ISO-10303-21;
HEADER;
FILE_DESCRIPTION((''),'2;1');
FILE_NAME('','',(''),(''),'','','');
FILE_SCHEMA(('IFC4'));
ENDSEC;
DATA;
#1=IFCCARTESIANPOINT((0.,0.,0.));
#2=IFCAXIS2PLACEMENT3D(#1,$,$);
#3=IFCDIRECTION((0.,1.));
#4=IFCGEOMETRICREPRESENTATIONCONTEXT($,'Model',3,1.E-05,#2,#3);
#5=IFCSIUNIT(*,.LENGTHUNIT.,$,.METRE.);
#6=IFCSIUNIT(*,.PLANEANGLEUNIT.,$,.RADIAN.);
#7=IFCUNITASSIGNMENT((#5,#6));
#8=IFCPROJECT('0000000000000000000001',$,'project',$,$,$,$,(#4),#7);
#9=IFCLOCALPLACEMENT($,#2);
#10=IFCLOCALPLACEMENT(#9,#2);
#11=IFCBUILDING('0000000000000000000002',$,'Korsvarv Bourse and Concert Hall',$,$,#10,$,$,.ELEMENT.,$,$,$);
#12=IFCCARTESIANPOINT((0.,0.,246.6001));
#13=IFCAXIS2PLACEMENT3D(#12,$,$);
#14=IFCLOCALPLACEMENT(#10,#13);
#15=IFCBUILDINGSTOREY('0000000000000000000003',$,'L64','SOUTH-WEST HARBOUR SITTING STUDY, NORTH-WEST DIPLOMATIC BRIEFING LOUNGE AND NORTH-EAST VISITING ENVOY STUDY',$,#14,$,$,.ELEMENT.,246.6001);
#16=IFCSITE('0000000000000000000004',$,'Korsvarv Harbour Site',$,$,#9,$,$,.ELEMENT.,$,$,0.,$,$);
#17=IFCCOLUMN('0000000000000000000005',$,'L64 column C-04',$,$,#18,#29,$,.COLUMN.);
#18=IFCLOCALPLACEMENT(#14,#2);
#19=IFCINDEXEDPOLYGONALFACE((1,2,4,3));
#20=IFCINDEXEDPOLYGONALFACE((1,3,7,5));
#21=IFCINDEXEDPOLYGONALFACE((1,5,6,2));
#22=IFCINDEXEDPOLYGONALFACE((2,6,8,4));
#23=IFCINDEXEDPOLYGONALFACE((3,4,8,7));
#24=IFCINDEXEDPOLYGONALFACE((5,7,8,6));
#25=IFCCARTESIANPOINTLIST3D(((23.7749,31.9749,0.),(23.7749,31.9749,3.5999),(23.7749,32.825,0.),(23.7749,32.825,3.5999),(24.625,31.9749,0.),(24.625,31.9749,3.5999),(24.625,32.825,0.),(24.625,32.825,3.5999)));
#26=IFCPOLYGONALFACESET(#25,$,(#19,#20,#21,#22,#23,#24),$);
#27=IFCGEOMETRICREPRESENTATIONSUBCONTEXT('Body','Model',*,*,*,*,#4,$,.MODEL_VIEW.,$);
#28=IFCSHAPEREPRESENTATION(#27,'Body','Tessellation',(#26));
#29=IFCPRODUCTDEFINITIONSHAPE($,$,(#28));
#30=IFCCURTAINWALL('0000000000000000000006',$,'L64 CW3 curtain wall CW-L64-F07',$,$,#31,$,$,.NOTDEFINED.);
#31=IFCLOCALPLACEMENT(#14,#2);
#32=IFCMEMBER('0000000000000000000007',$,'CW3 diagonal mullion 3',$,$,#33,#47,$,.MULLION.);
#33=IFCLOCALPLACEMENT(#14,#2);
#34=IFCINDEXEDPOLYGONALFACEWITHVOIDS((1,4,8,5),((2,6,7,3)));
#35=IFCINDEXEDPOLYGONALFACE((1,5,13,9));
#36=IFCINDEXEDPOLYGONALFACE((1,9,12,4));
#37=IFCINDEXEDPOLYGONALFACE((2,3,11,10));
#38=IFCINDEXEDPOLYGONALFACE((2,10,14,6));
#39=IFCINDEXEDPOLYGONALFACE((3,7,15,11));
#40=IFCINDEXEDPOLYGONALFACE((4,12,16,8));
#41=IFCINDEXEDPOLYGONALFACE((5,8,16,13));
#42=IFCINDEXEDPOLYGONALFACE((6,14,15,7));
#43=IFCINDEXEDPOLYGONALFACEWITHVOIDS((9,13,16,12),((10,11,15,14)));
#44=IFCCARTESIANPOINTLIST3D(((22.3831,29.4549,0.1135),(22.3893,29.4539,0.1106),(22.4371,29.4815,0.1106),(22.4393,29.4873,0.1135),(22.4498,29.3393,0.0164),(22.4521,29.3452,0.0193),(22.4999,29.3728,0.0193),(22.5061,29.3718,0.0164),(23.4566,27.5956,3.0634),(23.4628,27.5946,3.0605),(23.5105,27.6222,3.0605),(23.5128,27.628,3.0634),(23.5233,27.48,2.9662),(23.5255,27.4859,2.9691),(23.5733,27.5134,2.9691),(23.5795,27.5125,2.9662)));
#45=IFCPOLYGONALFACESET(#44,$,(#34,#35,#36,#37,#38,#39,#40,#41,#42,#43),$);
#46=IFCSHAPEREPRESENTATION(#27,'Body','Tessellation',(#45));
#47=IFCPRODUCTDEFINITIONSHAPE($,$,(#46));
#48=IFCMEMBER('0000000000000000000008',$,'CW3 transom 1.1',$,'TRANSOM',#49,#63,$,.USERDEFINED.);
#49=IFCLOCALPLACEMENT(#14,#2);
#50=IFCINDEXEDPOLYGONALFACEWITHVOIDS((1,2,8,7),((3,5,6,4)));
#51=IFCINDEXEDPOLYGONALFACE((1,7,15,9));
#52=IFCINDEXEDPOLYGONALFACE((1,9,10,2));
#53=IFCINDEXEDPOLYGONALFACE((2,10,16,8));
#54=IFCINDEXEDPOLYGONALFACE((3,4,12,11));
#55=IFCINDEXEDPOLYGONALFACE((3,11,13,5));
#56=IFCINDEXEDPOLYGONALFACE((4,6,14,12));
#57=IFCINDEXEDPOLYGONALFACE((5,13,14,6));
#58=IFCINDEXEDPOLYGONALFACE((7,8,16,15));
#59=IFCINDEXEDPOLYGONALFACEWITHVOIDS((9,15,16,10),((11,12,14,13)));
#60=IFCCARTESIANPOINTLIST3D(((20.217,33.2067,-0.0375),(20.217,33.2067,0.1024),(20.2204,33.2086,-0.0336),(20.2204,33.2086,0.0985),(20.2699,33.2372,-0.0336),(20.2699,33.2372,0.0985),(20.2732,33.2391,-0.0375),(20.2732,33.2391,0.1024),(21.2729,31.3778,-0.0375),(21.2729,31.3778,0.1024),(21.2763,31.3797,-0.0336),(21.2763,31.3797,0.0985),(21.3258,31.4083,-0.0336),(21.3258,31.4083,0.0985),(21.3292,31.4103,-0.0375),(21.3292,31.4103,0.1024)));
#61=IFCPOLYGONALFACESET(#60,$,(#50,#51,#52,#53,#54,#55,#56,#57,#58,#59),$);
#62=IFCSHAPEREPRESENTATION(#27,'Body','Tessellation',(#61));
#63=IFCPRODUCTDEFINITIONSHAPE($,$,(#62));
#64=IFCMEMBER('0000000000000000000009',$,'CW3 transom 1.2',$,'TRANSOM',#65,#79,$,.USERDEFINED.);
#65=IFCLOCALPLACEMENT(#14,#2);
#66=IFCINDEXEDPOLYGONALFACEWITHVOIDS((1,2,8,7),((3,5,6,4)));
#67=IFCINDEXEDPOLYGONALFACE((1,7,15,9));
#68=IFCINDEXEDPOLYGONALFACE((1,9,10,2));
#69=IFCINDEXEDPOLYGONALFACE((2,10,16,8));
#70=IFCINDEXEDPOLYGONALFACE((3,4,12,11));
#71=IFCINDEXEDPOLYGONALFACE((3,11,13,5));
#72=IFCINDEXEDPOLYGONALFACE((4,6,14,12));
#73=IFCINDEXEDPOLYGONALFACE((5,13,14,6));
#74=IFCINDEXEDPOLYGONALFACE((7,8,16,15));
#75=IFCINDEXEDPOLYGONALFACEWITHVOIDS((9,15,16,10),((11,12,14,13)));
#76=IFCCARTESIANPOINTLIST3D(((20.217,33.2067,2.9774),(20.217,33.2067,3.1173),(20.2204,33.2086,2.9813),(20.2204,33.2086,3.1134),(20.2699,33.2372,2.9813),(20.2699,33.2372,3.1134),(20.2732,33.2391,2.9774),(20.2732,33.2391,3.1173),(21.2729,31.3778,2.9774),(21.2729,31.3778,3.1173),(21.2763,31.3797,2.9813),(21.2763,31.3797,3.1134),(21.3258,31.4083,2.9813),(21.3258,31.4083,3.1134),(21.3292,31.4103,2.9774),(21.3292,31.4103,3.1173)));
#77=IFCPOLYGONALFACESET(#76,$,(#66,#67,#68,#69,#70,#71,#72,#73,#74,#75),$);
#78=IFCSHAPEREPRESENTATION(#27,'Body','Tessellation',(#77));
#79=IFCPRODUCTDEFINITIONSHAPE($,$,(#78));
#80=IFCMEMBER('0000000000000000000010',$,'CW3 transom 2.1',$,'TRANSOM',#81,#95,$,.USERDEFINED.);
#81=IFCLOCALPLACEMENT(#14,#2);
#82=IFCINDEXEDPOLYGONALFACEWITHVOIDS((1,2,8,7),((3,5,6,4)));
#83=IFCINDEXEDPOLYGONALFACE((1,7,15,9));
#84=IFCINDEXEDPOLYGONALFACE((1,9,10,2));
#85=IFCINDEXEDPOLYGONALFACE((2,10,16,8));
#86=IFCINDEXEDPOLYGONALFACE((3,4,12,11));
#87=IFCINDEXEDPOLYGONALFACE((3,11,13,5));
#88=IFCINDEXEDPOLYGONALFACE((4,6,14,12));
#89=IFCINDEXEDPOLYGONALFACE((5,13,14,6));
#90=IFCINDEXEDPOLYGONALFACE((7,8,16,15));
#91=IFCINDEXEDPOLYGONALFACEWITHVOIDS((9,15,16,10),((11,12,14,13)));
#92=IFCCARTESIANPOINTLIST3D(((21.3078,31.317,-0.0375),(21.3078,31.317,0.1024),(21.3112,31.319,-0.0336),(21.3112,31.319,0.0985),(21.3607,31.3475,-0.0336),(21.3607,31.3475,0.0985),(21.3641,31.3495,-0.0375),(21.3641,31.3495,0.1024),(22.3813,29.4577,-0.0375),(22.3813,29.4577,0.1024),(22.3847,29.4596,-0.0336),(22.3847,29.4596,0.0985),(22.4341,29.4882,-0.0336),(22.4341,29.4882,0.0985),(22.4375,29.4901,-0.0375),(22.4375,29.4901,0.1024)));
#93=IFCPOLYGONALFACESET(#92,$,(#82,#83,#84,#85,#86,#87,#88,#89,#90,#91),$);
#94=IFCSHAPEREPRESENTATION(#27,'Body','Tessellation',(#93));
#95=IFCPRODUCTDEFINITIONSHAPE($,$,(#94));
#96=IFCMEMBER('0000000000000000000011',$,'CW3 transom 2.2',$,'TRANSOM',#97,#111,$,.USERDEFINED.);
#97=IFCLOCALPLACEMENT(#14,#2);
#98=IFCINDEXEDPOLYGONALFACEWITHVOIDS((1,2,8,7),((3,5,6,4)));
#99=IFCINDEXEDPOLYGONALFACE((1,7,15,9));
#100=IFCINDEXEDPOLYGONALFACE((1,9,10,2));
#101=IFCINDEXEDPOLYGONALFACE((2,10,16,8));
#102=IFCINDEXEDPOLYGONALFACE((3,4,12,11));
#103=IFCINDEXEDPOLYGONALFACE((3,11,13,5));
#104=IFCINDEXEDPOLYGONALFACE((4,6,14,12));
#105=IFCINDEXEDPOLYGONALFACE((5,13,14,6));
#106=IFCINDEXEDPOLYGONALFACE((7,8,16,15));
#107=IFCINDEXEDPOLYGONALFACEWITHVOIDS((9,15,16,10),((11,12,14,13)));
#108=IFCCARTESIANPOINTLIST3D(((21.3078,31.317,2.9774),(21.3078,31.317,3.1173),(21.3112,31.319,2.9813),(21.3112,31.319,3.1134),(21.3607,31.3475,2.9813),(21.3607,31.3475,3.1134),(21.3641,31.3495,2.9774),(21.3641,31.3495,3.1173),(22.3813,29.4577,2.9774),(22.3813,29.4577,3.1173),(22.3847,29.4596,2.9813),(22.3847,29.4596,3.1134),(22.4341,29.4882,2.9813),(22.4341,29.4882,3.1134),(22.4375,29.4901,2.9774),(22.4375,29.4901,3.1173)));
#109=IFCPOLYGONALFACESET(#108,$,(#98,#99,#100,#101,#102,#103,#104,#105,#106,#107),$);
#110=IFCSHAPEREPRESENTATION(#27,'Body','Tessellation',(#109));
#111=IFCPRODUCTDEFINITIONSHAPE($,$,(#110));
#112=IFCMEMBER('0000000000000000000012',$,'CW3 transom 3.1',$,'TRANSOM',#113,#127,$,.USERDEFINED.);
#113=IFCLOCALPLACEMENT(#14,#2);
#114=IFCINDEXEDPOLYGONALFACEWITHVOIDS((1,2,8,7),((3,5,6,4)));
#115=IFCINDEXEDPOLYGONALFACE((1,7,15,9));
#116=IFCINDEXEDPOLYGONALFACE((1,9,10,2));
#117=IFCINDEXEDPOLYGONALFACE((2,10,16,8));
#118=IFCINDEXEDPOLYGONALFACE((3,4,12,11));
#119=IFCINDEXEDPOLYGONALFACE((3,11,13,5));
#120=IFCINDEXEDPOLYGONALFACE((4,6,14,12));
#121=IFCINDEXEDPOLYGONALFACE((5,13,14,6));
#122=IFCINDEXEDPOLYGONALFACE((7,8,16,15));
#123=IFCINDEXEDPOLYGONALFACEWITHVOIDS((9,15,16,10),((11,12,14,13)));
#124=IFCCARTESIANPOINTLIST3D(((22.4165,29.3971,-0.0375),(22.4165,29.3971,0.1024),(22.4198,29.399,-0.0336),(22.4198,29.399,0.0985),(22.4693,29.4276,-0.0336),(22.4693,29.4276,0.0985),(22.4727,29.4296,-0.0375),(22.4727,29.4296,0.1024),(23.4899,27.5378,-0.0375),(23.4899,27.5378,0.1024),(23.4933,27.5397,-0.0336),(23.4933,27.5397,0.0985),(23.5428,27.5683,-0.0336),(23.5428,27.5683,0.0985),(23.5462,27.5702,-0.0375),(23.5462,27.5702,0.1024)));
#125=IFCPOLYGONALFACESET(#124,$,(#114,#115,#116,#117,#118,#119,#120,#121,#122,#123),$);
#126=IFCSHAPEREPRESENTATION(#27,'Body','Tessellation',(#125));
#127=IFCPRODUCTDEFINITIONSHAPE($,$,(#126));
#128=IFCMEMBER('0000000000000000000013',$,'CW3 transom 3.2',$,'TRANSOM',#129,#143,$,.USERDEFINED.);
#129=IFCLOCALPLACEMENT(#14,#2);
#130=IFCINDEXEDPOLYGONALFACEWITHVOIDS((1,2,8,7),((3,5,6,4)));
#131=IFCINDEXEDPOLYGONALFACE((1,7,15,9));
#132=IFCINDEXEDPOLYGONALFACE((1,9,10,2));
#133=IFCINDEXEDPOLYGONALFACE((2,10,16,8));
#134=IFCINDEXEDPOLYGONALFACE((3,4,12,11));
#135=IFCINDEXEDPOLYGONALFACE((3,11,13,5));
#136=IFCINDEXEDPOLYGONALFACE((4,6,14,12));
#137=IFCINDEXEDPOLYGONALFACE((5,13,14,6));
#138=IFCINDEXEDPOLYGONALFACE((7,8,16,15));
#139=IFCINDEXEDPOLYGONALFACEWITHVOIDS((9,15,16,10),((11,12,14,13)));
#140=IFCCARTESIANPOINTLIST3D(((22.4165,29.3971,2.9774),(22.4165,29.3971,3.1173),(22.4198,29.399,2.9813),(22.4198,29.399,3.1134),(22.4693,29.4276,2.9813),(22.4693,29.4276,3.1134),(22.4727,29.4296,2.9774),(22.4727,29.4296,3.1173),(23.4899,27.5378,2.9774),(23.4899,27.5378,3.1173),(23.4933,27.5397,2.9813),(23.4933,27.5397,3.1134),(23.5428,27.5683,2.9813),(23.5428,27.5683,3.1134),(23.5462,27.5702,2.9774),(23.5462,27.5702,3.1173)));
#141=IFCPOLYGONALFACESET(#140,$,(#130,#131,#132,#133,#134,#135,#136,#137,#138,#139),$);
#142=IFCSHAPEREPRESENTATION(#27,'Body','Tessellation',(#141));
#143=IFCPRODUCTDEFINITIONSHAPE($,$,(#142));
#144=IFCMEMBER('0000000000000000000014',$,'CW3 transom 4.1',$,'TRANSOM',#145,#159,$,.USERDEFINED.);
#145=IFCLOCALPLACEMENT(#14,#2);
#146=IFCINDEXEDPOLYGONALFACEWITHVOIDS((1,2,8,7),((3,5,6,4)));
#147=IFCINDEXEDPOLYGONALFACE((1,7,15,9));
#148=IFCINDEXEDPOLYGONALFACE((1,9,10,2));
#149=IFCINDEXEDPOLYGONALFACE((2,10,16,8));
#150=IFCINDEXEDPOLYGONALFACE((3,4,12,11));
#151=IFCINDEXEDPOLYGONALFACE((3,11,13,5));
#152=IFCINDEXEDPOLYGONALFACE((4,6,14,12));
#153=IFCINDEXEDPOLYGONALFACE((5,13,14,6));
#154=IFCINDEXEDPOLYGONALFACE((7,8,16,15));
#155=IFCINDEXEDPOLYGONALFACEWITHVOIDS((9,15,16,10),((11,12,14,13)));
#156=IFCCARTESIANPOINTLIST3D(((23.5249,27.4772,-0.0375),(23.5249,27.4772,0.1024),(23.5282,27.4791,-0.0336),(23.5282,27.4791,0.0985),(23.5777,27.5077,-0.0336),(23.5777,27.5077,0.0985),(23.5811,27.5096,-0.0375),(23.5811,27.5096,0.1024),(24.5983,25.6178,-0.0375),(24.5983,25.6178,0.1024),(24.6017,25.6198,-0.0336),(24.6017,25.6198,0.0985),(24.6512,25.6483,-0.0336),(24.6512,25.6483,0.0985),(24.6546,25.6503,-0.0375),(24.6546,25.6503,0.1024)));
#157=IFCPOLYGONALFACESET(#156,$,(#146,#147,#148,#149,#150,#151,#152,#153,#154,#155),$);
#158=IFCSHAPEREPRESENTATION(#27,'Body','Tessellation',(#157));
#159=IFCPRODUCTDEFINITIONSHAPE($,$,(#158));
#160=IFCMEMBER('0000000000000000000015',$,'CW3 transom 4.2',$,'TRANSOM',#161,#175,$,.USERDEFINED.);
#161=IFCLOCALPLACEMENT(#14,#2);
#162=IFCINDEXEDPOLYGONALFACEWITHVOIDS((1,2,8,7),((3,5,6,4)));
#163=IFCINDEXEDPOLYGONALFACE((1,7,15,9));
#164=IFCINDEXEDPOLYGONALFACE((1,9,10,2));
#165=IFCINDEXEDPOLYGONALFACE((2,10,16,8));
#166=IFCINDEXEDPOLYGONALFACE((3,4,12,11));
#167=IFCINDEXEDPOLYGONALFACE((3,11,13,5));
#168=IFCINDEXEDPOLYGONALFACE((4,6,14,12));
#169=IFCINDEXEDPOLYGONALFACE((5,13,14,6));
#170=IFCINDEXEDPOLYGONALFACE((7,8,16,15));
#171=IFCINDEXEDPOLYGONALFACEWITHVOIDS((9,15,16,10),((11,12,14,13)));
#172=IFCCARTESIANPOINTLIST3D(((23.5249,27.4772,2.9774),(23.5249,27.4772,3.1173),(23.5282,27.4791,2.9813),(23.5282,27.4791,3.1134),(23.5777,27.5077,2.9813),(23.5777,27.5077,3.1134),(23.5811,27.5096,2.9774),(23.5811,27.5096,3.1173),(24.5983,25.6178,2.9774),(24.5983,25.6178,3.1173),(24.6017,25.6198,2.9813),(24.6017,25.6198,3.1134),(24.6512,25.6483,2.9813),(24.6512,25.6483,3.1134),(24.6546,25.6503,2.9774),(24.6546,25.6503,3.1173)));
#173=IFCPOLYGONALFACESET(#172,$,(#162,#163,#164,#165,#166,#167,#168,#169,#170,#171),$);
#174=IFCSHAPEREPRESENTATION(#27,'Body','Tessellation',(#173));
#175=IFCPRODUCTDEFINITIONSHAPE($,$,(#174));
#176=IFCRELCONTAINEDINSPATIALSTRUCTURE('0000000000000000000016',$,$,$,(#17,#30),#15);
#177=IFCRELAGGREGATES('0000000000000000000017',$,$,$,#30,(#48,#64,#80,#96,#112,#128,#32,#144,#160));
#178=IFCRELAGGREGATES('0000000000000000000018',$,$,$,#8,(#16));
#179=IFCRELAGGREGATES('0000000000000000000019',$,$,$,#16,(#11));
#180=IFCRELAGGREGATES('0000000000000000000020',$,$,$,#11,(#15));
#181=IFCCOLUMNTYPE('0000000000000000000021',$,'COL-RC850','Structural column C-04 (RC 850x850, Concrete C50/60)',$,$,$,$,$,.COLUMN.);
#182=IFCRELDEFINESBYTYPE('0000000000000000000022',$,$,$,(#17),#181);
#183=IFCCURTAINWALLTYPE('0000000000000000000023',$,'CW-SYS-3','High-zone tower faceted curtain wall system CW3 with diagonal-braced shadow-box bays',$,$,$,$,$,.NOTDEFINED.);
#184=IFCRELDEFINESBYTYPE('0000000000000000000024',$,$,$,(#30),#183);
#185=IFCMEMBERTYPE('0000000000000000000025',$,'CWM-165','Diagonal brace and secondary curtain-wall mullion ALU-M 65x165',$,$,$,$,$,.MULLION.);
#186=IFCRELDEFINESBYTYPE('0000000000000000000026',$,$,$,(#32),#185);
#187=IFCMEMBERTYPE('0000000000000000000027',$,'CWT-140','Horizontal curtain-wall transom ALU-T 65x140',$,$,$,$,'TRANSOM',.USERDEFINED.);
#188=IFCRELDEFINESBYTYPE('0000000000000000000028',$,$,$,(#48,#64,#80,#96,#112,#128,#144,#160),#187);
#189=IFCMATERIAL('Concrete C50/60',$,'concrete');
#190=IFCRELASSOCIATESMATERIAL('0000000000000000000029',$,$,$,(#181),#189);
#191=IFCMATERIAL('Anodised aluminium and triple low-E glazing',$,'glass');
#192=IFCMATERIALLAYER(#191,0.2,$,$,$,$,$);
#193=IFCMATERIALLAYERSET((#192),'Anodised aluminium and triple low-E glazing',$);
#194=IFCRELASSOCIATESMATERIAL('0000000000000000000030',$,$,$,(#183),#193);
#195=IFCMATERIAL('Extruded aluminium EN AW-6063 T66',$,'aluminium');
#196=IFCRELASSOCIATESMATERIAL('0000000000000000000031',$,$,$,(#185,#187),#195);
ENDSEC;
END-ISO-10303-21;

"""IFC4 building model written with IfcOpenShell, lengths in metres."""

from ifc_helpers import new_model, si_unit, direction, frame, origin, origin_2d, place, context, subcontext, project, spatial, rectangle, hollow_rectangle, extrude, source, transform, mapped, material, layer, layer_set, material_profile, profile_set, type_object, element, aggregate, save


model = new_model("IFC4")

# Units and contexts
model_context = context("Model", 3, precision=1e-05, world=origin(), true_north=direction((0.0, 1.0)))
body_context = subcontext(model_context, "Body", "Model", "MODEL_VIEW")
ifc_project = project(units=[si_unit("LENGTHUNIT", "METRE"), si_unit("PLANEANGLEUNIT", "RADIAN")], contexts=[model_context])

# Site, building, storey
site_placement = place(None, origin())
site = spatial("IfcSite", under=ifc_project, at=site_placement, Name="Korsvarv Harbour Site", CompositionType="ELEMENT", RefElevation=0.0)
building_placement = place(site_placement, origin())
building = spatial("IfcBuilding", under=site, at=building_placement, Name="Korsvarv Bourse and Concert Hall", CompositionType="ELEMENT")
storey_placement = place(building_placement, frame((0.0, 0.0, 246.6001)))
storey = spatial("IfcBuildingStorey", under=building, at=storey_placement, Name="L64", Description="SOUTH-WEST HARBOUR SITTING STUDY, NORTH-WEST DIPLOMATIC BRIEFING LOUNGE AND NORTH-EAST VISITING ENVOY STUDY", CompositionType="ELEMENT", Elevation=246.6001)

# Column
ifc_material_1 = material(Name="Concrete C50/60", Category="concrete")
ifc_material_profile_1 = material_profile(ifc_material_1, rectangle(XDim=0.8501, YDim=0.8501, at=origin_2d()), Name="RC 850x850")
ifc_profile_set_1 = profile_set([ifc_material_profile_1], Name="Concrete C50/60")
column_type = type_object("IfcColumnType", Name="COL-RC850", Description="Structural column C-04 (RC 850x850, Concrete C50/60)", PredefinedType="COLUMN", material=ifc_profile_set_1)
shared_shape_1 = source(origin(), body_context, "Body", "SweptSolid", [
    extrude(rectangle(XDim=0.8501, YDim=0.8501, at=origin_2d()), origin(), (0.0, 0.0, 1.0), 3.5999),
])
column_placement = place(storey_placement, frame((24.2, 32.3999, 0.0), z_axis=(0.0, 0.0, 1.0), x_axis=(1.0, 0.0, 0.0)))
element("IfcColumn", 1, at=column_placement, inside=storey, type_object=column_type, Name="L64 column C-04", PredefinedType="COLUMN", context=body_context, shape_type="MappedRepresentation", body=[
    mapped(shared_shape_1, transform((0.0, 0.0, 0.0), scale=1.0)),
])

# Curtain wall, members
ifc_material_2 = material(Name="Anodised aluminium and triple low-E glazing", Category="glass")
ifc_layer_1 = layer(ifc_material_2, 0.2)
ifc_layer_set_1 = layer_set([ifc_layer_1], Name="Anodised aluminium and triple low-E glazing")
curtain_wall_type = type_object("IfcCurtainWallType", Name="CW-SYS-3", Description="High-zone tower faceted curtain wall system CW3 with diagonal-braced shadow-box bays", PredefinedType="NOTDEFINED", material=ifc_layer_set_1)
curtain_wall_placement = place(storey_placement, origin())
curtain_wall = element("IfcCurtainWall", 2, at=curtain_wall_placement, inside=storey, type_object=curtain_wall_type, Name="L64 CW3 curtain wall CW-L64-F07", PredefinedType="NOTDEFINED")
ifc_material_3 = material(Name="Extruded aluminium EN AW-6063 T66", Category="aluminium")
ifc_material_profile_2 = material_profile(ifc_material_3, hollow_rectangle(XDim=0.0649, YDim=0.165, WallThickness=0.0049, at=origin_2d()), Name="ALU-M 65x165")
ifc_profile_set_2 = profile_set([ifc_material_profile_2], Name="Extruded aluminium EN AW-6063 T66")
member_type_1 = type_object("IfcMemberType", Name="CWM-165", Description="Diagonal brace and secondary curtain-wall mullion ALU-M 65x165", PredefinedType="MULLION", material=ifc_profile_set_2)
shared_shape_2 = source(origin(), body_context, "Body", "SweptSolid", [
    extrude(hollow_rectangle(XDim=0.0649, YDim=0.165, WallThickness=0.0049, at=origin_2d()), origin(), (0.0, 0.0, 1.0), 3.6484),
])
member_1_placement = place(storey_placement, frame((22.4446, 29.4133, 0.0649), z_axis=(0.294223, -0.509621, 0.808529), x_axis=(0.86603, 0.499992, 0.0)))
member_1 = element("IfcMember", 3, at=member_1_placement, type_object=member_type_1, Name="CW3 diagonal mullion 3", PredefinedType="MULLION", context=body_context, shape_type="MappedRepresentation", body=[
    mapped(shared_shape_2, transform((0.0, 0.0, 0.0), scale=1.0)),
])
ifc_material_profile_3 = material_profile(ifc_material_3, hollow_rectangle(XDim=0.0649, YDim=0.1399, WallThickness=0.0039, at=origin_2d()), Name="ALU-T 65x140")
ifc_profile_set_3 = profile_set([ifc_material_profile_3], Name="Extruded aluminium EN AW-6063 T66")
member_type_2 = type_object("IfcMemberType", Name="CWT-140", Description="Horizontal curtain-wall transom ALU-T 65x140", ElementType="TRANSOM", PredefinedType="USERDEFINED", material=ifc_profile_set_3)
shared_shape_3 = source(origin(), body_context, "Body", "SweptSolid", [
    extrude(hollow_rectangle(XDim=0.0649, YDim=0.1399, WallThickness=0.0039, at=origin_2d()), origin(), (0.0, 0.0, 1.0), 2.1118),
])
member_2_placement = place(storey_placement, frame((20.2451, 33.2229, 0.0325), z_axis=(0.500006, -0.866022, 0.0), x_axis=(0.866022, 0.500006, 0.0)))
member_2 = element("IfcMember", 4, at=member_2_placement, type_object=member_type_2, Name="CW3 transom 1.1", ObjectType="TRANSOM", PredefinedType="USERDEFINED", context=body_context, shape_type="MappedRepresentation", body=[
    mapped(shared_shape_3, transform((0.0, 0.0, 0.0), scale=1.0)),
])
member_3_placement = place(storey_placement, frame((20.2451, 33.2229, 3.0474), z_axis=(0.500006, -0.866022, 0.0), x_axis=(0.866022, 0.500006, 0.0)))
member_3 = element("IfcMember", 5, at=member_3_placement, type_object=member_type_2, Name="CW3 transom 1.2", ObjectType="TRANSOM", PredefinedType="USERDEFINED", context=body_context, shape_type="MappedRepresentation", body=[
    mapped(shared_shape_3, transform((0.0, 0.0, 0.0), scale=1.0)),
])
shared_shape_4 = source(origin(), body_context, "Body", "SweptSolid", [
    extrude(hollow_rectangle(XDim=0.0649, YDim=0.1399, WallThickness=0.0039, at=origin_2d()), origin(), (0.0, 0.0, 1.0), 2.147),
])
member_4_placement = place(storey_placement, frame((21.3359, 31.3333, 0.0325), z_axis=(0.499992, -0.86603, 0.0), x_axis=(0.86603, 0.499992, 0.0)))
member_4 = element("IfcMember", 6, at=member_4_placement, type_object=member_type_2, Name="CW3 transom 2.1", ObjectType="TRANSOM", PredefinedType="USERDEFINED", context=body_context, shape_type="MappedRepresentation", body=[
    mapped(shared_shape_4, transform((0.0, 0.0, 0.0), scale=1.0)),
])
member_5_placement = place(storey_placement, frame((21.3359, 31.3333, 3.0474), z_axis=(0.499992, -0.86603, 0.0), x_axis=(0.86603, 0.499992, 0.0)))
member_5 = element("IfcMember", 7, at=member_5_placement, type_object=member_type_2, Name="CW3 transom 2.2", ObjectType="TRANSOM", PredefinedType="USERDEFINED", context=body_context, shape_type="MappedRepresentation", body=[
    mapped(shared_shape_4, transform((0.0, 0.0, 0.0), scale=1.0)),
])
member_6_placement = place(storey_placement, frame((22.4446, 29.4133, 0.0325), z_axis=(0.499992, -0.86603, 0.0), x_axis=(0.86603, 0.499992, 0.0)))
member_6 = element("IfcMember", 8, at=member_6_placement, type_object=member_type_2, Name="CW3 transom 3.1", ObjectType="TRANSOM", PredefinedType="USERDEFINED", context=body_context, shape_type="MappedRepresentation", body=[
    mapped(shared_shape_4, transform((0.0, 0.0, 0.0), scale=1.0)),
])
member_7_placement = place(storey_placement, frame((22.4446, 29.4133, 3.0474), z_axis=(0.499992, -0.86603, 0.0), x_axis=(0.86603, 0.499992, 0.0)))
member_7 = element("IfcMember", 9, at=member_7_placement, type_object=member_type_2, Name="CW3 transom 3.2", ObjectType="TRANSOM", PredefinedType="USERDEFINED", context=body_context, shape_type="MappedRepresentation", body=[
    mapped(shared_shape_4, transform((0.0, 0.0, 0.0), scale=1.0)),
])
member_8_placement = place(storey_placement, frame((23.553, 27.4934, 0.0325), z_axis=(0.499992, -0.86603, 0.0), x_axis=(0.86603, 0.499992, 0.0)))
member_8 = element("IfcMember", 10, at=member_8_placement, type_object=member_type_2, Name="CW3 transom 4.1", ObjectType="TRANSOM", PredefinedType="USERDEFINED", context=body_context, shape_type="MappedRepresentation", body=[
    mapped(shared_shape_4, transform((0.0, 0.0, 0.0), scale=1.0)),
])
member_9_placement = place(storey_placement, frame((23.553, 27.4934, 3.0474), z_axis=(0.499992, -0.86603, 0.0), x_axis=(0.86603, 0.499992, 0.0)))
member_9 = element("IfcMember", 11, at=member_9_placement, type_object=member_type_2, Name="CW3 transom 4.2", ObjectType="TRANSOM", PredefinedType="USERDEFINED", context=body_context, shape_type="MappedRepresentation", body=[
    mapped(shared_shape_4, transform((0.0, 0.0, 0.0), scale=1.0)),
])

aggregate(curtain_wall, [member_2, member_3, member_4, member_5, member_6, member_7, member_1, member_8, member_9])

save(model, "model.ifc")
